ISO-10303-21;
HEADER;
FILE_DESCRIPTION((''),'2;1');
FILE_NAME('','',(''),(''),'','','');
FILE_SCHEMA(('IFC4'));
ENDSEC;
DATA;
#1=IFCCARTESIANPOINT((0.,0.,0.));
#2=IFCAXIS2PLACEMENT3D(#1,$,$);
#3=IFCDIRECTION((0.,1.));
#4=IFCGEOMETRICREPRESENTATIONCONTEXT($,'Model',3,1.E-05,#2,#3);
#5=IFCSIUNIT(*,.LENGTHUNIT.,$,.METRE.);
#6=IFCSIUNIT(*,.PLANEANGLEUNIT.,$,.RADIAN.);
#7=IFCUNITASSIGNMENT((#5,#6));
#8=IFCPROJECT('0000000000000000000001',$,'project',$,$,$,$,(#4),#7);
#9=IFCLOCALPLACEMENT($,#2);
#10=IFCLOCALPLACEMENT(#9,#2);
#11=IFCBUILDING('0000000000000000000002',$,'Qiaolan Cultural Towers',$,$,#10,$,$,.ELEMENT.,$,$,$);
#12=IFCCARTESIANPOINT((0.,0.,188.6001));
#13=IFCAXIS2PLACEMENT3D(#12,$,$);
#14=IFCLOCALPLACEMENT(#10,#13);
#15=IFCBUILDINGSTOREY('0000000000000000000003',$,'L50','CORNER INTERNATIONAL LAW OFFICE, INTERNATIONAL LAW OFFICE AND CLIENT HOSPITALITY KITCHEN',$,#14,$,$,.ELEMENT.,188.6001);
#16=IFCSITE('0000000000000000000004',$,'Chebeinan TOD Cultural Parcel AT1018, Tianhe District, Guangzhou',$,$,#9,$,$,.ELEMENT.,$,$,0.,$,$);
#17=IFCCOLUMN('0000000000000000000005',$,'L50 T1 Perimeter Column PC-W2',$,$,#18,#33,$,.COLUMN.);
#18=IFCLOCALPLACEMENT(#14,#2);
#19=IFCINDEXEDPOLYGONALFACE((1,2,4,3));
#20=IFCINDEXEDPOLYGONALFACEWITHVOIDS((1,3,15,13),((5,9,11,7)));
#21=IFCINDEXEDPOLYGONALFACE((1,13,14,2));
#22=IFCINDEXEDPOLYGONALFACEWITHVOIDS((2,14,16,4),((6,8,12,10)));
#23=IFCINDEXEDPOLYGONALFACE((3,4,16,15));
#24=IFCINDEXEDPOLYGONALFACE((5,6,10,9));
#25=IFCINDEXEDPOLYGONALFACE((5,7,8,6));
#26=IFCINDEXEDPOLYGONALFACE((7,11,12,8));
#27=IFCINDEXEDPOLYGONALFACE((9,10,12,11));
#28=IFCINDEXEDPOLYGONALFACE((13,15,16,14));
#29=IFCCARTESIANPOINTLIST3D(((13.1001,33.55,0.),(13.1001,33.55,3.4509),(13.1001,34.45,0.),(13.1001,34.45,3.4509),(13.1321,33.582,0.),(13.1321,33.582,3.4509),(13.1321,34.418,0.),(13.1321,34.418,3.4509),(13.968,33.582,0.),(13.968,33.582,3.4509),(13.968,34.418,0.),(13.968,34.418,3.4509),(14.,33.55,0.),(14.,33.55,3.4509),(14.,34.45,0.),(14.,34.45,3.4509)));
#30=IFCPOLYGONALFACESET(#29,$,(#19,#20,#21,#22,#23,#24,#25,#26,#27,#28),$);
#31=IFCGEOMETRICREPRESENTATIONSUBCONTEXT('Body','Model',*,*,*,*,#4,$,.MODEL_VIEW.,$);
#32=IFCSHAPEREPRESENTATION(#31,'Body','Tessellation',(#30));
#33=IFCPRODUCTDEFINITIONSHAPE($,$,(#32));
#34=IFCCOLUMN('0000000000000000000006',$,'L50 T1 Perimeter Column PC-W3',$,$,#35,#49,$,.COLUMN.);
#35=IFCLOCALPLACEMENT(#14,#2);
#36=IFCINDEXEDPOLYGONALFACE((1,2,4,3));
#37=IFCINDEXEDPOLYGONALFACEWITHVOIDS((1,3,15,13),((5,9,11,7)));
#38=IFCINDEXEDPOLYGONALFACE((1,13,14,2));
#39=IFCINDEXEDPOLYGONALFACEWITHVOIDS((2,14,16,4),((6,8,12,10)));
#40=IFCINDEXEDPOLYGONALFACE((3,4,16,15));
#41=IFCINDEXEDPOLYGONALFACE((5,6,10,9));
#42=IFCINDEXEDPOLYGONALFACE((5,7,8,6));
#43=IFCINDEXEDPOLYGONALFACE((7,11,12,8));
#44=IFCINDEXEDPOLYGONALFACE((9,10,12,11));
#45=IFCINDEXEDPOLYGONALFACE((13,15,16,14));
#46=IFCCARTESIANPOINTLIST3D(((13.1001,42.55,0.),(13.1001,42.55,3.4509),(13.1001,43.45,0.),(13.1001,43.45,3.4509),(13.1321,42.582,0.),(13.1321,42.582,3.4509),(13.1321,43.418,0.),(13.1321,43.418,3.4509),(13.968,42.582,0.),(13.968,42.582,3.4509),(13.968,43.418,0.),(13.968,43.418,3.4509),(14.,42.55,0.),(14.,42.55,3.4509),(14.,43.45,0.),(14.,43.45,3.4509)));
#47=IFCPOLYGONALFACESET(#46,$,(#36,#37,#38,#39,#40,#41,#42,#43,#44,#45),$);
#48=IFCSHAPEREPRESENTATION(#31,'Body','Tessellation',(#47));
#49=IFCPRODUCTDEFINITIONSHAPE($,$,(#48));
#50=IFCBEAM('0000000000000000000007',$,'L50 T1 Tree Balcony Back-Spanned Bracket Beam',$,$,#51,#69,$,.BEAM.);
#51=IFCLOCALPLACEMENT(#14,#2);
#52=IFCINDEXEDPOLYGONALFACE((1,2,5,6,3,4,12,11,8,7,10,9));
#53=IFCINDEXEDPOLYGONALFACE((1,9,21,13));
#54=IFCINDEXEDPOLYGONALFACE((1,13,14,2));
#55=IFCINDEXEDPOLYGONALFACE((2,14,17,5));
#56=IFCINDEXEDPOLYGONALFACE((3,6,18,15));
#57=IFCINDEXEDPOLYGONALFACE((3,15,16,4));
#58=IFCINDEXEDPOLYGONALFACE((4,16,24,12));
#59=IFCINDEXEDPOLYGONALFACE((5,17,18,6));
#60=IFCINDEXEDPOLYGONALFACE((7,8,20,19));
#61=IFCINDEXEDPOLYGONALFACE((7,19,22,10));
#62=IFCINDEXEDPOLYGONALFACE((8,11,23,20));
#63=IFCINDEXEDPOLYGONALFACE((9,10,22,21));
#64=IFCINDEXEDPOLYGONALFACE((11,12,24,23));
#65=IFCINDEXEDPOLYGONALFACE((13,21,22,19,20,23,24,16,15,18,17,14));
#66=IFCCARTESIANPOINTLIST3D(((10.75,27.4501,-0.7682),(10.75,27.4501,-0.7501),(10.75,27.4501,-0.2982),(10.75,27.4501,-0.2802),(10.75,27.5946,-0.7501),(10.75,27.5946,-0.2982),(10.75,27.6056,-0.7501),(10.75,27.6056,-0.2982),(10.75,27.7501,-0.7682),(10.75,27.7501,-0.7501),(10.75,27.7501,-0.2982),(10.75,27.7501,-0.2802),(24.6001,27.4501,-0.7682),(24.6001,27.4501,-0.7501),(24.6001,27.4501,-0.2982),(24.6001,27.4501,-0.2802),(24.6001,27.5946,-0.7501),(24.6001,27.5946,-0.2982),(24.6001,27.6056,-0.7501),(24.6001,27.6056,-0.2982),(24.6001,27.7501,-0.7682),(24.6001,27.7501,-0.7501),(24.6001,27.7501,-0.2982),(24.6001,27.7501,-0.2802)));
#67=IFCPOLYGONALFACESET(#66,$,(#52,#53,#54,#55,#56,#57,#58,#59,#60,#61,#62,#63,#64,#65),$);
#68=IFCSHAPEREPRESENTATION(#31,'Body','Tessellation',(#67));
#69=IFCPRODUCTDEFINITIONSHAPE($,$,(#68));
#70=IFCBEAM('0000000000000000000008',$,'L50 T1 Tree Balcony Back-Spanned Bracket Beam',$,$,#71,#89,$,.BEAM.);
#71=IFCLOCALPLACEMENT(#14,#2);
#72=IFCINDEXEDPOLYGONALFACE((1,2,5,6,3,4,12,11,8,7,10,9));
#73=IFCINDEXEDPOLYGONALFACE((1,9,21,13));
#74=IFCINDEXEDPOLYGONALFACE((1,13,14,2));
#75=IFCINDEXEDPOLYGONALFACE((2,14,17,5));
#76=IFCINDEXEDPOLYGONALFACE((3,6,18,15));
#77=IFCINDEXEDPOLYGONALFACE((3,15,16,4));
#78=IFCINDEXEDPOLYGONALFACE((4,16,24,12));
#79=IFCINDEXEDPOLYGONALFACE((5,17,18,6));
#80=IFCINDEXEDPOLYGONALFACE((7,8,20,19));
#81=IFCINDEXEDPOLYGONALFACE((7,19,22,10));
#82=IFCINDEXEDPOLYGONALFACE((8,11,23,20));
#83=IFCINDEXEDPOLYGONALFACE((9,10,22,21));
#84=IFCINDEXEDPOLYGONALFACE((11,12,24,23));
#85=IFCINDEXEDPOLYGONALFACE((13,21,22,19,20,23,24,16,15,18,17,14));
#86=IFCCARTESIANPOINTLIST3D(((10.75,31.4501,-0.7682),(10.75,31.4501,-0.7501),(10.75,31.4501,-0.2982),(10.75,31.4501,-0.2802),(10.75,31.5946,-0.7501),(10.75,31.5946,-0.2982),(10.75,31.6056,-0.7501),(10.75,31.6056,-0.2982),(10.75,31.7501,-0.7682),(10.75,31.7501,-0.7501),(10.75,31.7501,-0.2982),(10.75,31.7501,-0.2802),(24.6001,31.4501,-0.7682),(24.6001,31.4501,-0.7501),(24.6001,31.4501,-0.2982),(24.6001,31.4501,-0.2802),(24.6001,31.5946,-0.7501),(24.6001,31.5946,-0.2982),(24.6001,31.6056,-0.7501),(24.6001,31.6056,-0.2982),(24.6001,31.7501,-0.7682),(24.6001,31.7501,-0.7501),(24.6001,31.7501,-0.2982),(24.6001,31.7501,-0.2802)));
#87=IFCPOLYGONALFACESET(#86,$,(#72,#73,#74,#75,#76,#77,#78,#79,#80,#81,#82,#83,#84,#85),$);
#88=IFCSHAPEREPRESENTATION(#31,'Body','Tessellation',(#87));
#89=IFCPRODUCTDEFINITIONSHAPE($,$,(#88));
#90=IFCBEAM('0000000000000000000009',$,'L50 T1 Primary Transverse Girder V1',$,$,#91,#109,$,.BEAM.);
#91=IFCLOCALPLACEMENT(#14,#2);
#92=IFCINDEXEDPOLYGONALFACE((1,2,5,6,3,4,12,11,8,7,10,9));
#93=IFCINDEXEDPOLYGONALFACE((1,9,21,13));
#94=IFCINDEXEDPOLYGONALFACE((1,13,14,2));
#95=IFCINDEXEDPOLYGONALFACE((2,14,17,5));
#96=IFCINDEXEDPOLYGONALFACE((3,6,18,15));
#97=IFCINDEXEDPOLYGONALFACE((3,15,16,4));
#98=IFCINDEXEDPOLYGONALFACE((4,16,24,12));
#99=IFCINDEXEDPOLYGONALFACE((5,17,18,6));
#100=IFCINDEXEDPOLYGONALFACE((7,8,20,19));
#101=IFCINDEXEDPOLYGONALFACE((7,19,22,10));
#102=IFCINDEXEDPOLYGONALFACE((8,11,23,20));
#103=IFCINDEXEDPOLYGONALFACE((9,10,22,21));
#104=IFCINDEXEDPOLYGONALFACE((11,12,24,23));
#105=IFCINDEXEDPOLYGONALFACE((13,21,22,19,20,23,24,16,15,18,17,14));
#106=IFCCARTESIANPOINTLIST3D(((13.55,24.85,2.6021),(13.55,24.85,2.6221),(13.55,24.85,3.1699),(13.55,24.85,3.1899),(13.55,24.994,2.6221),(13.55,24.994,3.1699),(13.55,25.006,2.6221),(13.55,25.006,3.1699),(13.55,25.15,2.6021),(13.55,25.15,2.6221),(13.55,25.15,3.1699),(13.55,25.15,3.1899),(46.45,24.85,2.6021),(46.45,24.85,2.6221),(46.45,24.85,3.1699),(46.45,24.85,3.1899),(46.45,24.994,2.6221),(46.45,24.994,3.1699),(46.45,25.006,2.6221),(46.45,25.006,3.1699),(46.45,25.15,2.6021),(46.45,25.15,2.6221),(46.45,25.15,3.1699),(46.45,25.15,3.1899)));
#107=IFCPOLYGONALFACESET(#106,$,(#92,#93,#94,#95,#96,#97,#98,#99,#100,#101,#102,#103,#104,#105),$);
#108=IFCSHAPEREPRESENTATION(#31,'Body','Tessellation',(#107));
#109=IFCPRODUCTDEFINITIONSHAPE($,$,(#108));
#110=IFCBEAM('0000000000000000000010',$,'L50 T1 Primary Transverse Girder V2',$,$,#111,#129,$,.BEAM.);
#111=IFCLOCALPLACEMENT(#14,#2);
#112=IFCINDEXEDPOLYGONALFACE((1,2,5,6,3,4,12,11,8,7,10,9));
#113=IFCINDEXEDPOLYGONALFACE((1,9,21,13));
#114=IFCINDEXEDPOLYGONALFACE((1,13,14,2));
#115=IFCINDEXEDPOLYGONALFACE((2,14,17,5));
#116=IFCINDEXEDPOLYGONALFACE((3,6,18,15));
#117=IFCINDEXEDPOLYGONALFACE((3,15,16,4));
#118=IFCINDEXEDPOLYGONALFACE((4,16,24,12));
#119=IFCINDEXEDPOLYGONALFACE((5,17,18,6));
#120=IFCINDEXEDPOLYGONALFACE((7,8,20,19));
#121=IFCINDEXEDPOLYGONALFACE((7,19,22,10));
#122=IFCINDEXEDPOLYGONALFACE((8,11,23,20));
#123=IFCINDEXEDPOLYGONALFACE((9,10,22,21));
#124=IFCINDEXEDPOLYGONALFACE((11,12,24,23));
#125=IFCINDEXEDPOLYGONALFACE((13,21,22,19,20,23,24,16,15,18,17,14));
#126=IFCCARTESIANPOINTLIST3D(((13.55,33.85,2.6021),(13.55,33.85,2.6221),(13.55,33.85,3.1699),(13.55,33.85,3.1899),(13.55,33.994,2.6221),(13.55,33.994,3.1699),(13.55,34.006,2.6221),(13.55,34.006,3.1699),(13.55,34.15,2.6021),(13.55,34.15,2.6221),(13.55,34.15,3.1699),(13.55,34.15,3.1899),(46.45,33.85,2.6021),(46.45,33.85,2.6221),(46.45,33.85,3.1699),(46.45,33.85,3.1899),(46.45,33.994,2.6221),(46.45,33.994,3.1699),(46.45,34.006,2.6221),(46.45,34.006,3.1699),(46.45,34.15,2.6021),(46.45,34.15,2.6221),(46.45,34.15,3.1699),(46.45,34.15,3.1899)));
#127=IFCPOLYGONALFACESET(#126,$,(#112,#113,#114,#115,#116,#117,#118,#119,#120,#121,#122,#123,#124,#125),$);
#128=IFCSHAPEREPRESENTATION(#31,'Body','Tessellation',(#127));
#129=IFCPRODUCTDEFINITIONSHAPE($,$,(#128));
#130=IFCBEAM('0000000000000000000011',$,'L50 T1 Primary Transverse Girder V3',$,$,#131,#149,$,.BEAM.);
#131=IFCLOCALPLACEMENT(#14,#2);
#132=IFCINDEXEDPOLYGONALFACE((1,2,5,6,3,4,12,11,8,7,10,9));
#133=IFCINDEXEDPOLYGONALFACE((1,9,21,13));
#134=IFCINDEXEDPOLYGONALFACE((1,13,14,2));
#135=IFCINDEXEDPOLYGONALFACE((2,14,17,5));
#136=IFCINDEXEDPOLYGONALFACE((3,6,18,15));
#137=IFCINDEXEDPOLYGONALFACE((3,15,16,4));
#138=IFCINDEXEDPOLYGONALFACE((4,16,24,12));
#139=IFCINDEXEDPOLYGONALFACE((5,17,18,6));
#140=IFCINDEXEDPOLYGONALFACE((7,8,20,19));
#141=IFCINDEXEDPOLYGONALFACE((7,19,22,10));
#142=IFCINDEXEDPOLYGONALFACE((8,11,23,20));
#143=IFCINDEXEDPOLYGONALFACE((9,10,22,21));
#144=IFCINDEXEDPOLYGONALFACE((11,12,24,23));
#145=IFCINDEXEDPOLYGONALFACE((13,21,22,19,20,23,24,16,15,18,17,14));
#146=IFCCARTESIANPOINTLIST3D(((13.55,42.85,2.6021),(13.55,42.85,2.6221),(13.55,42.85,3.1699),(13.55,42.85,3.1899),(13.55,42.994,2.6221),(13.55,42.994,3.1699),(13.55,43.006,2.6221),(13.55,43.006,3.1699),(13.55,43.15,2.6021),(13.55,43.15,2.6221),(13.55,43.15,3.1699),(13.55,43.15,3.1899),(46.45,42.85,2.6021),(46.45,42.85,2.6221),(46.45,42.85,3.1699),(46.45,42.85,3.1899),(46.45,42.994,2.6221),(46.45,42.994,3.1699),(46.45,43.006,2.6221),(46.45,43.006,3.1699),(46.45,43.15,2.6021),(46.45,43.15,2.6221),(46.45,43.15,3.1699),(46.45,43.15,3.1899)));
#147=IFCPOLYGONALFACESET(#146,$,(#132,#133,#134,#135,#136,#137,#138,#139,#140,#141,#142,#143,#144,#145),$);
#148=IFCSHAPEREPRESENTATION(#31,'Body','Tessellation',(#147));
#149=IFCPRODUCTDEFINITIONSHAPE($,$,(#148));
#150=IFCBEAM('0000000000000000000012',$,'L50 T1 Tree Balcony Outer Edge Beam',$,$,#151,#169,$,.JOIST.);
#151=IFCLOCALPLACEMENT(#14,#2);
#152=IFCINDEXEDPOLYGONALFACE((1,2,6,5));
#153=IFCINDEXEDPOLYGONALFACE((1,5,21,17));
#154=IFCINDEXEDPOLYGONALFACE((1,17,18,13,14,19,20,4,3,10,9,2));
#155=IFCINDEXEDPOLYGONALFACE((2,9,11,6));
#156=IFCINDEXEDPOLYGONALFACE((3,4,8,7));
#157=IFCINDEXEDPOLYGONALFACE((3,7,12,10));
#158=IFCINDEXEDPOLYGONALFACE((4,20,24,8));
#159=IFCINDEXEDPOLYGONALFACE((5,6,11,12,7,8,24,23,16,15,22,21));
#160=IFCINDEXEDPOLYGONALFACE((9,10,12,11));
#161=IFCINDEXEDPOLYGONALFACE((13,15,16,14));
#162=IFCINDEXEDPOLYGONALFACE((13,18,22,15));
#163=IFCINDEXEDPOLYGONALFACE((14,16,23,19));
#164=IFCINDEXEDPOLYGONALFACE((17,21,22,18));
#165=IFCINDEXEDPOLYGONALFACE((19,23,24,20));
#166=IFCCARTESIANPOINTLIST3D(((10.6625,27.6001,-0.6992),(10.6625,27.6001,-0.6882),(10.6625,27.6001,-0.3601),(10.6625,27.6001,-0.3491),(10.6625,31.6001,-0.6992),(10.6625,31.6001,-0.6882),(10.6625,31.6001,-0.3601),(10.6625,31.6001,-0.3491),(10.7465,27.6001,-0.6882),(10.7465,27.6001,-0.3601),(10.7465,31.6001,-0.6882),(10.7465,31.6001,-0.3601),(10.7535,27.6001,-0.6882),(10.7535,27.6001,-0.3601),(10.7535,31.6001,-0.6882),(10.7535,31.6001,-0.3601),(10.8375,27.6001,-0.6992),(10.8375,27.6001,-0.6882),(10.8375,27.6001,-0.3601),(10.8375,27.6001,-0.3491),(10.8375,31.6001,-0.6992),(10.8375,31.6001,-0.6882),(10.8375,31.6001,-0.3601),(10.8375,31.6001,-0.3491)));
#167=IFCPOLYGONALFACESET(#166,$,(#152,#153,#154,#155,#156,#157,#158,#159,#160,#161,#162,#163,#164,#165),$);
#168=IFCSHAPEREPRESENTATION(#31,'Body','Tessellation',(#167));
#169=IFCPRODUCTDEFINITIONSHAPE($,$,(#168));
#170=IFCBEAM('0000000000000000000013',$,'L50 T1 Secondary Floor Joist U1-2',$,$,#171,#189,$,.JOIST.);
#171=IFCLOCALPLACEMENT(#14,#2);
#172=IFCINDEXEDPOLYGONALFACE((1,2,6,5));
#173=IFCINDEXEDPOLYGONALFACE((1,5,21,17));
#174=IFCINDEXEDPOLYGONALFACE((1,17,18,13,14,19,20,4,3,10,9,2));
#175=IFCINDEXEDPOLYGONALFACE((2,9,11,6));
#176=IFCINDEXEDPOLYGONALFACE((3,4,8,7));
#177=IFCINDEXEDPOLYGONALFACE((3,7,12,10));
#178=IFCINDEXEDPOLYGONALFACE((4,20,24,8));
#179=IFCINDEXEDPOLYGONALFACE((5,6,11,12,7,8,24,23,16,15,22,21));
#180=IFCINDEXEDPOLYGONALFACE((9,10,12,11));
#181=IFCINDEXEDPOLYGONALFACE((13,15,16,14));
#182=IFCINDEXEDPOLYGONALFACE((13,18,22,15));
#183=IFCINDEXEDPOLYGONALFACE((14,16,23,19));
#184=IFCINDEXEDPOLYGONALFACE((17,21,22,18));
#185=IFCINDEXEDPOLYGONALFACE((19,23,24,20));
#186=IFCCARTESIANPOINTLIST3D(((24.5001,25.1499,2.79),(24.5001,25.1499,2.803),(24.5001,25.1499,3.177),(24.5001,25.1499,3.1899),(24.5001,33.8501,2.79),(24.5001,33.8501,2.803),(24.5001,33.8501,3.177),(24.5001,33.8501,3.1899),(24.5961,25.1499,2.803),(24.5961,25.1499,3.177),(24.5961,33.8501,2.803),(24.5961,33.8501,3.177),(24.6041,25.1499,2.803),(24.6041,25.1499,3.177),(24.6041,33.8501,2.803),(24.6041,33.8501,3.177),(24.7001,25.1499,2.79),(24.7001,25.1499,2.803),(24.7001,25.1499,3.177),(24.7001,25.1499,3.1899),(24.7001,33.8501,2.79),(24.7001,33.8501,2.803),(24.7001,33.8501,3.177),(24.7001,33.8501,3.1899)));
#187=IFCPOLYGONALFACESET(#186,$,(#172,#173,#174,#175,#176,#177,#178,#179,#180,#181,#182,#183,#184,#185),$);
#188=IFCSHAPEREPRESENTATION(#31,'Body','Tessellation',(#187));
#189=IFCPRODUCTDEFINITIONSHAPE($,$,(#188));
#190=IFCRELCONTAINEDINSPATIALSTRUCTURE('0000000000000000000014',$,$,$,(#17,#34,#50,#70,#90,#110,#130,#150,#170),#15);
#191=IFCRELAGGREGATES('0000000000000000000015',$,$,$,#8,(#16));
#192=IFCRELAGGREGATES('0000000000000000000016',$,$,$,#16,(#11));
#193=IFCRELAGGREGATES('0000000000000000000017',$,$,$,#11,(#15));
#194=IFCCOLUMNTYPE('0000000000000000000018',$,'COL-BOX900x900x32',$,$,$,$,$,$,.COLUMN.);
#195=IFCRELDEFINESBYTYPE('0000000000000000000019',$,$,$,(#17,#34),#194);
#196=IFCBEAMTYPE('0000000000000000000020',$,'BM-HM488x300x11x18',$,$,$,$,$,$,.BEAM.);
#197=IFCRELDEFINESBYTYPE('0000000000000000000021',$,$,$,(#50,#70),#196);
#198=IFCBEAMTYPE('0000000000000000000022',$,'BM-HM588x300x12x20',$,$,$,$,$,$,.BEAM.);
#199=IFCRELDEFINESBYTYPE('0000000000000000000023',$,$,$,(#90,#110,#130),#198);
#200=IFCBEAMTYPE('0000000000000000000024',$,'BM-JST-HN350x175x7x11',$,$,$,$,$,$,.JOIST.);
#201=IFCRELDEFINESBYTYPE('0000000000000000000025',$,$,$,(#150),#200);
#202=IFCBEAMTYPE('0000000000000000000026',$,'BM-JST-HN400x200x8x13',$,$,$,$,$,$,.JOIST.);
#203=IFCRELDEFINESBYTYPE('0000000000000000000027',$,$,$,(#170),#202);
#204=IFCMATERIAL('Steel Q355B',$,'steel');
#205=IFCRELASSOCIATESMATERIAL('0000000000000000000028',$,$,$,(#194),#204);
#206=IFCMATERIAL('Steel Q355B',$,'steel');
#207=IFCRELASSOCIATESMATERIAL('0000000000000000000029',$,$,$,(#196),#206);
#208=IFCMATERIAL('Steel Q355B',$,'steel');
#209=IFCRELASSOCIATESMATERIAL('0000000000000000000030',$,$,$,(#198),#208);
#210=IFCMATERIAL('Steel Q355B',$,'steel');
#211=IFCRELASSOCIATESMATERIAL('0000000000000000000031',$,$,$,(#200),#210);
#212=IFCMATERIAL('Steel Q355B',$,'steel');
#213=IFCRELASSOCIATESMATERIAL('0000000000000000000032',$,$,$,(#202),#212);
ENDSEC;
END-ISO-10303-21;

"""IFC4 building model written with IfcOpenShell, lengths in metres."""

from ifc_helpers import new_model, si_unit, direction, frame, origin, origin_2d, place, context, subcontext, project, spatial, hollow_rectangle, i_section, extrude, material, material_profile, profile_set, type_object, element, save


model = new_model("IFC4")

# Units and contexts
model_context = context("Model", 3, precision=1e-05, world=origin(), true_north=direction((0.0, 1.0)))
body_context = subcontext(model_context, "Body", "Model", "MODEL_VIEW")
ifc_project = project(units=[si_unit("LENGTHUNIT", "METRE"), si_unit("PLANEANGLEUNIT", "RADIAN")], contexts=[model_context])

# Site, building, storey
site_placement = place(None, origin())
site = spatial("IfcSite", under=ifc_project, at=site_placement, Name="Chebeinan TOD Cultural Parcel AT1018, Tianhe District, Guangzhou", CompositionType="ELEMENT", RefElevation=0.0)
building_placement = place(site_placement, origin())
building = spatial("IfcBuilding", under=site, at=building_placement, Name="Qiaolan Cultural Towers", CompositionType="ELEMENT")
storey_placement = place(building_placement, frame((0.0, 0.0, 188.6001)))
storey = spatial("IfcBuildingStorey", under=building, at=storey_placement, Name="L50", Description="CORNER INTERNATIONAL LAW OFFICE, INTERNATIONAL LAW OFFICE AND CLIENT HOSPITALITY KITCHEN", CompositionType="ELEMENT", Elevation=188.6001)

# Columns
ifc_material_1 = material(Name="Steel Q355B", Category="steel")
ifc_material_profile_1 = material_profile(ifc_material_1, hollow_rectangle(XDim=0.8999, YDim=0.8999, WallThickness=0.032, at=origin_2d()), Name="BOX900x900x32")
ifc_profile_set_1 = profile_set([ifc_material_profile_1], Name="Steel Q355B")
column_type = type_object("IfcColumnType", Name="COL-BOX900x900x32", PredefinedType="COLUMN", material=ifc_profile_set_1)
for number, where, z_axis, x_axis, name in (
    (1, (13.55, 34.0, 0.0), (0.0, 0.0, 1.0), (1.0, 0.0, 0.0), "L50 T1 Perimeter Column PC-W2"),
    (2, (13.55, 43.0, 0.0), (0.0, 0.0, 1.0), (1.0, 0.0, 0.0), "L50 T1 Perimeter Column PC-W3"),
):
    element("IfcColumn", number, at=place(storey_placement, frame(where, z_axis=z_axis, x_axis=x_axis)), inside=storey, type_object=column_type, Name=name, PredefinedType="COLUMN", context=body_context, shape_type="SweptSolid", body=[
        extrude(hollow_rectangle(XDim=0.8999, YDim=0.8999, WallThickness=0.032, at=origin_2d()), origin(), (0.0, 0.0, 1.0), 3.4509),
    ])

# Beams
ifc_material_2 = material(Name="Steel Q355B", Category="steel")
ifc_material_profile_2 = material_profile(ifc_material_2, i_section(OverallWidth=0.3, OverallDepth=0.488, WebThickness=0.011, FlangeThickness=0.0181, at=origin_2d()), Name="HM488x300x11x18")
ifc_profile_set_2 = profile_set([ifc_material_profile_2], Name="Steel Q355B")
beam_type_1 = type_object("IfcBeamType", Name="BM-HM488x300x11x18", PredefinedType="BEAM", material=ifc_profile_set_2)
for number, where, z_axis, x_axis, name in (
    (3, (24.6001, 27.6001, -0.5242), (-1.0, 0.0, 0.0), (0.0, -1.0, 0.0), "L50 T1 Tree Balcony Back-Spanned Bracket Beam"),
    (4, (24.6001, 31.6001, -0.5242), (-1.0, 0.0, 0.0), (0.0, -1.0, 0.0), "L50 T1 Tree Balcony Back-Spanned Bracket Beam"),
):
    element("IfcBeam", number, at=place(storey_placement, frame(where, z_axis=z_axis, x_axis=x_axis)), inside=storey, type_object=beam_type_1, Name=name, PredefinedType="BEAM", context=body_context, shape_type="SweptSolid", body=[
        extrude(i_section(OverallWidth=0.3, OverallDepth=0.488, WebThickness=0.011, FlangeThickness=0.0181, at=origin_2d()), origin(), (0.0, 0.0, 1.0), 13.8501),
    ])
ifc_material_3 = material(Name="Steel Q355B", Category="steel")
ifc_material_profile_3 = material_profile(ifc_material_3, i_section(OverallWidth=0.3, OverallDepth=0.5879, WebThickness=0.012, FlangeThickness=0.02, at=origin_2d()), Name="HM588x300x12x20")
ifc_profile_set_3 = profile_set([ifc_material_profile_3], Name="Steel Q355B")
beam_type_2 = type_object("IfcBeamType", Name="BM-HM588x300x12x20", PredefinedType="BEAM", material=ifc_profile_set_3)
for number, where, z_axis, x_axis, name in (
    (5, (13.55, 25.0, 2.896), (1.0, 0.0, 0.0), (0.0, 1.0, 0.0), "L50 T1 Primary Transverse Girder V1"),
    (6, (13.55, 34.0, 2.896), (1.0, 0.0, 0.0), (0.0, 1.0, 0.0), "L50 T1 Primary Transverse Girder V2"),
    (7, (13.55, 43.0, 2.896), (1.0, 0.0, 0.0), (0.0, 1.0, 0.0), "L50 T1 Primary Transverse Girder V3"),
):
    element("IfcBeam", number, at=place(storey_placement, frame(where, z_axis=z_axis, x_axis=x_axis)), inside=storey, type_object=beam_type_2, Name=name, PredefinedType="BEAM", context=body_context, shape_type="SweptSolid", body=[
        extrude(i_section(OverallWidth=0.3, OverallDepth=0.5879, WebThickness=0.012, FlangeThickness=0.02, at=origin_2d()), origin(), (0.0, 0.0, 1.0), 32.8999),
    ])
ifc_material_4 = material(Name="Steel Q355B", Category="steel")
ifc_material_profile_4 = material_profile(ifc_material_4, i_section(OverallWidth=0.175, OverallDepth=0.3501, WebThickness=0.0071, FlangeThickness=0.011, at=origin_2d()), Name="HN350x175x7x11")
ifc_profile_set_4 = profile_set([ifc_material_profile_4], Name="Steel Q355B")
beam_type_3 = type_object("IfcBeamType", Name="BM-JST-HN350x175x7x11", PredefinedType="JOIST", material=ifc_profile_set_4)
beam_1_placement = place(storey_placement, frame((10.75, 27.6001, -0.5242), z_axis=(0.0, 1.0, 0.0), x_axis=(-1.0, 0.0, 0.0)))
element("IfcBeam", 8, at=beam_1_placement, inside=storey, type_object=beam_type_3, Name="L50 T1 Tree Balcony Outer Edge Beam", PredefinedType="JOIST", context=body_context, shape_type="SweptSolid", body=[
    extrude(i_section(OverallWidth=0.175, OverallDepth=0.3501, WebThickness=0.0071, FlangeThickness=0.011, at=origin_2d()), origin(), (0.0, 0.0, 1.0), 4.0),
])
ifc_material_5 = material(Name="Steel Q355B", Category="steel")
ifc_material_profile_5 = material_profile(ifc_material_5, i_section(OverallWidth=0.2, OverallDepth=0.3999, WebThickness=0.0081, FlangeThickness=0.0129, at=origin_2d()), Name="HN400x200x8x13")
ifc_profile_set_5 = profile_set([ifc_material_profile_5], Name="Steel Q355B")
beam_type_4 = type_object("IfcBeamType", Name="BM-JST-HN400x200x8x13", PredefinedType="JOIST", material=ifc_profile_set_5)
beam_2_placement = place(storey_placement, frame((24.6001, 25.1499, 2.99), z_axis=(0.0, 1.0, 0.0), x_axis=(-1.0, 0.0, 0.0)))
element("IfcBeam", 9, at=beam_2_placement, inside=storey, type_object=beam_type_4, Name="L50 T1 Secondary Floor Joist U1-2", PredefinedType="JOIST", context=body_context, shape_type="SweptSolid", body=[
    extrude(i_section(OverallWidth=0.2, OverallDepth=0.3999, WebThickness=0.0081, FlangeThickness=0.0129, at=origin_2d()), origin(), (0.0, 0.0, 1.0), 8.7002),
])

save(model, "model.ifc")
